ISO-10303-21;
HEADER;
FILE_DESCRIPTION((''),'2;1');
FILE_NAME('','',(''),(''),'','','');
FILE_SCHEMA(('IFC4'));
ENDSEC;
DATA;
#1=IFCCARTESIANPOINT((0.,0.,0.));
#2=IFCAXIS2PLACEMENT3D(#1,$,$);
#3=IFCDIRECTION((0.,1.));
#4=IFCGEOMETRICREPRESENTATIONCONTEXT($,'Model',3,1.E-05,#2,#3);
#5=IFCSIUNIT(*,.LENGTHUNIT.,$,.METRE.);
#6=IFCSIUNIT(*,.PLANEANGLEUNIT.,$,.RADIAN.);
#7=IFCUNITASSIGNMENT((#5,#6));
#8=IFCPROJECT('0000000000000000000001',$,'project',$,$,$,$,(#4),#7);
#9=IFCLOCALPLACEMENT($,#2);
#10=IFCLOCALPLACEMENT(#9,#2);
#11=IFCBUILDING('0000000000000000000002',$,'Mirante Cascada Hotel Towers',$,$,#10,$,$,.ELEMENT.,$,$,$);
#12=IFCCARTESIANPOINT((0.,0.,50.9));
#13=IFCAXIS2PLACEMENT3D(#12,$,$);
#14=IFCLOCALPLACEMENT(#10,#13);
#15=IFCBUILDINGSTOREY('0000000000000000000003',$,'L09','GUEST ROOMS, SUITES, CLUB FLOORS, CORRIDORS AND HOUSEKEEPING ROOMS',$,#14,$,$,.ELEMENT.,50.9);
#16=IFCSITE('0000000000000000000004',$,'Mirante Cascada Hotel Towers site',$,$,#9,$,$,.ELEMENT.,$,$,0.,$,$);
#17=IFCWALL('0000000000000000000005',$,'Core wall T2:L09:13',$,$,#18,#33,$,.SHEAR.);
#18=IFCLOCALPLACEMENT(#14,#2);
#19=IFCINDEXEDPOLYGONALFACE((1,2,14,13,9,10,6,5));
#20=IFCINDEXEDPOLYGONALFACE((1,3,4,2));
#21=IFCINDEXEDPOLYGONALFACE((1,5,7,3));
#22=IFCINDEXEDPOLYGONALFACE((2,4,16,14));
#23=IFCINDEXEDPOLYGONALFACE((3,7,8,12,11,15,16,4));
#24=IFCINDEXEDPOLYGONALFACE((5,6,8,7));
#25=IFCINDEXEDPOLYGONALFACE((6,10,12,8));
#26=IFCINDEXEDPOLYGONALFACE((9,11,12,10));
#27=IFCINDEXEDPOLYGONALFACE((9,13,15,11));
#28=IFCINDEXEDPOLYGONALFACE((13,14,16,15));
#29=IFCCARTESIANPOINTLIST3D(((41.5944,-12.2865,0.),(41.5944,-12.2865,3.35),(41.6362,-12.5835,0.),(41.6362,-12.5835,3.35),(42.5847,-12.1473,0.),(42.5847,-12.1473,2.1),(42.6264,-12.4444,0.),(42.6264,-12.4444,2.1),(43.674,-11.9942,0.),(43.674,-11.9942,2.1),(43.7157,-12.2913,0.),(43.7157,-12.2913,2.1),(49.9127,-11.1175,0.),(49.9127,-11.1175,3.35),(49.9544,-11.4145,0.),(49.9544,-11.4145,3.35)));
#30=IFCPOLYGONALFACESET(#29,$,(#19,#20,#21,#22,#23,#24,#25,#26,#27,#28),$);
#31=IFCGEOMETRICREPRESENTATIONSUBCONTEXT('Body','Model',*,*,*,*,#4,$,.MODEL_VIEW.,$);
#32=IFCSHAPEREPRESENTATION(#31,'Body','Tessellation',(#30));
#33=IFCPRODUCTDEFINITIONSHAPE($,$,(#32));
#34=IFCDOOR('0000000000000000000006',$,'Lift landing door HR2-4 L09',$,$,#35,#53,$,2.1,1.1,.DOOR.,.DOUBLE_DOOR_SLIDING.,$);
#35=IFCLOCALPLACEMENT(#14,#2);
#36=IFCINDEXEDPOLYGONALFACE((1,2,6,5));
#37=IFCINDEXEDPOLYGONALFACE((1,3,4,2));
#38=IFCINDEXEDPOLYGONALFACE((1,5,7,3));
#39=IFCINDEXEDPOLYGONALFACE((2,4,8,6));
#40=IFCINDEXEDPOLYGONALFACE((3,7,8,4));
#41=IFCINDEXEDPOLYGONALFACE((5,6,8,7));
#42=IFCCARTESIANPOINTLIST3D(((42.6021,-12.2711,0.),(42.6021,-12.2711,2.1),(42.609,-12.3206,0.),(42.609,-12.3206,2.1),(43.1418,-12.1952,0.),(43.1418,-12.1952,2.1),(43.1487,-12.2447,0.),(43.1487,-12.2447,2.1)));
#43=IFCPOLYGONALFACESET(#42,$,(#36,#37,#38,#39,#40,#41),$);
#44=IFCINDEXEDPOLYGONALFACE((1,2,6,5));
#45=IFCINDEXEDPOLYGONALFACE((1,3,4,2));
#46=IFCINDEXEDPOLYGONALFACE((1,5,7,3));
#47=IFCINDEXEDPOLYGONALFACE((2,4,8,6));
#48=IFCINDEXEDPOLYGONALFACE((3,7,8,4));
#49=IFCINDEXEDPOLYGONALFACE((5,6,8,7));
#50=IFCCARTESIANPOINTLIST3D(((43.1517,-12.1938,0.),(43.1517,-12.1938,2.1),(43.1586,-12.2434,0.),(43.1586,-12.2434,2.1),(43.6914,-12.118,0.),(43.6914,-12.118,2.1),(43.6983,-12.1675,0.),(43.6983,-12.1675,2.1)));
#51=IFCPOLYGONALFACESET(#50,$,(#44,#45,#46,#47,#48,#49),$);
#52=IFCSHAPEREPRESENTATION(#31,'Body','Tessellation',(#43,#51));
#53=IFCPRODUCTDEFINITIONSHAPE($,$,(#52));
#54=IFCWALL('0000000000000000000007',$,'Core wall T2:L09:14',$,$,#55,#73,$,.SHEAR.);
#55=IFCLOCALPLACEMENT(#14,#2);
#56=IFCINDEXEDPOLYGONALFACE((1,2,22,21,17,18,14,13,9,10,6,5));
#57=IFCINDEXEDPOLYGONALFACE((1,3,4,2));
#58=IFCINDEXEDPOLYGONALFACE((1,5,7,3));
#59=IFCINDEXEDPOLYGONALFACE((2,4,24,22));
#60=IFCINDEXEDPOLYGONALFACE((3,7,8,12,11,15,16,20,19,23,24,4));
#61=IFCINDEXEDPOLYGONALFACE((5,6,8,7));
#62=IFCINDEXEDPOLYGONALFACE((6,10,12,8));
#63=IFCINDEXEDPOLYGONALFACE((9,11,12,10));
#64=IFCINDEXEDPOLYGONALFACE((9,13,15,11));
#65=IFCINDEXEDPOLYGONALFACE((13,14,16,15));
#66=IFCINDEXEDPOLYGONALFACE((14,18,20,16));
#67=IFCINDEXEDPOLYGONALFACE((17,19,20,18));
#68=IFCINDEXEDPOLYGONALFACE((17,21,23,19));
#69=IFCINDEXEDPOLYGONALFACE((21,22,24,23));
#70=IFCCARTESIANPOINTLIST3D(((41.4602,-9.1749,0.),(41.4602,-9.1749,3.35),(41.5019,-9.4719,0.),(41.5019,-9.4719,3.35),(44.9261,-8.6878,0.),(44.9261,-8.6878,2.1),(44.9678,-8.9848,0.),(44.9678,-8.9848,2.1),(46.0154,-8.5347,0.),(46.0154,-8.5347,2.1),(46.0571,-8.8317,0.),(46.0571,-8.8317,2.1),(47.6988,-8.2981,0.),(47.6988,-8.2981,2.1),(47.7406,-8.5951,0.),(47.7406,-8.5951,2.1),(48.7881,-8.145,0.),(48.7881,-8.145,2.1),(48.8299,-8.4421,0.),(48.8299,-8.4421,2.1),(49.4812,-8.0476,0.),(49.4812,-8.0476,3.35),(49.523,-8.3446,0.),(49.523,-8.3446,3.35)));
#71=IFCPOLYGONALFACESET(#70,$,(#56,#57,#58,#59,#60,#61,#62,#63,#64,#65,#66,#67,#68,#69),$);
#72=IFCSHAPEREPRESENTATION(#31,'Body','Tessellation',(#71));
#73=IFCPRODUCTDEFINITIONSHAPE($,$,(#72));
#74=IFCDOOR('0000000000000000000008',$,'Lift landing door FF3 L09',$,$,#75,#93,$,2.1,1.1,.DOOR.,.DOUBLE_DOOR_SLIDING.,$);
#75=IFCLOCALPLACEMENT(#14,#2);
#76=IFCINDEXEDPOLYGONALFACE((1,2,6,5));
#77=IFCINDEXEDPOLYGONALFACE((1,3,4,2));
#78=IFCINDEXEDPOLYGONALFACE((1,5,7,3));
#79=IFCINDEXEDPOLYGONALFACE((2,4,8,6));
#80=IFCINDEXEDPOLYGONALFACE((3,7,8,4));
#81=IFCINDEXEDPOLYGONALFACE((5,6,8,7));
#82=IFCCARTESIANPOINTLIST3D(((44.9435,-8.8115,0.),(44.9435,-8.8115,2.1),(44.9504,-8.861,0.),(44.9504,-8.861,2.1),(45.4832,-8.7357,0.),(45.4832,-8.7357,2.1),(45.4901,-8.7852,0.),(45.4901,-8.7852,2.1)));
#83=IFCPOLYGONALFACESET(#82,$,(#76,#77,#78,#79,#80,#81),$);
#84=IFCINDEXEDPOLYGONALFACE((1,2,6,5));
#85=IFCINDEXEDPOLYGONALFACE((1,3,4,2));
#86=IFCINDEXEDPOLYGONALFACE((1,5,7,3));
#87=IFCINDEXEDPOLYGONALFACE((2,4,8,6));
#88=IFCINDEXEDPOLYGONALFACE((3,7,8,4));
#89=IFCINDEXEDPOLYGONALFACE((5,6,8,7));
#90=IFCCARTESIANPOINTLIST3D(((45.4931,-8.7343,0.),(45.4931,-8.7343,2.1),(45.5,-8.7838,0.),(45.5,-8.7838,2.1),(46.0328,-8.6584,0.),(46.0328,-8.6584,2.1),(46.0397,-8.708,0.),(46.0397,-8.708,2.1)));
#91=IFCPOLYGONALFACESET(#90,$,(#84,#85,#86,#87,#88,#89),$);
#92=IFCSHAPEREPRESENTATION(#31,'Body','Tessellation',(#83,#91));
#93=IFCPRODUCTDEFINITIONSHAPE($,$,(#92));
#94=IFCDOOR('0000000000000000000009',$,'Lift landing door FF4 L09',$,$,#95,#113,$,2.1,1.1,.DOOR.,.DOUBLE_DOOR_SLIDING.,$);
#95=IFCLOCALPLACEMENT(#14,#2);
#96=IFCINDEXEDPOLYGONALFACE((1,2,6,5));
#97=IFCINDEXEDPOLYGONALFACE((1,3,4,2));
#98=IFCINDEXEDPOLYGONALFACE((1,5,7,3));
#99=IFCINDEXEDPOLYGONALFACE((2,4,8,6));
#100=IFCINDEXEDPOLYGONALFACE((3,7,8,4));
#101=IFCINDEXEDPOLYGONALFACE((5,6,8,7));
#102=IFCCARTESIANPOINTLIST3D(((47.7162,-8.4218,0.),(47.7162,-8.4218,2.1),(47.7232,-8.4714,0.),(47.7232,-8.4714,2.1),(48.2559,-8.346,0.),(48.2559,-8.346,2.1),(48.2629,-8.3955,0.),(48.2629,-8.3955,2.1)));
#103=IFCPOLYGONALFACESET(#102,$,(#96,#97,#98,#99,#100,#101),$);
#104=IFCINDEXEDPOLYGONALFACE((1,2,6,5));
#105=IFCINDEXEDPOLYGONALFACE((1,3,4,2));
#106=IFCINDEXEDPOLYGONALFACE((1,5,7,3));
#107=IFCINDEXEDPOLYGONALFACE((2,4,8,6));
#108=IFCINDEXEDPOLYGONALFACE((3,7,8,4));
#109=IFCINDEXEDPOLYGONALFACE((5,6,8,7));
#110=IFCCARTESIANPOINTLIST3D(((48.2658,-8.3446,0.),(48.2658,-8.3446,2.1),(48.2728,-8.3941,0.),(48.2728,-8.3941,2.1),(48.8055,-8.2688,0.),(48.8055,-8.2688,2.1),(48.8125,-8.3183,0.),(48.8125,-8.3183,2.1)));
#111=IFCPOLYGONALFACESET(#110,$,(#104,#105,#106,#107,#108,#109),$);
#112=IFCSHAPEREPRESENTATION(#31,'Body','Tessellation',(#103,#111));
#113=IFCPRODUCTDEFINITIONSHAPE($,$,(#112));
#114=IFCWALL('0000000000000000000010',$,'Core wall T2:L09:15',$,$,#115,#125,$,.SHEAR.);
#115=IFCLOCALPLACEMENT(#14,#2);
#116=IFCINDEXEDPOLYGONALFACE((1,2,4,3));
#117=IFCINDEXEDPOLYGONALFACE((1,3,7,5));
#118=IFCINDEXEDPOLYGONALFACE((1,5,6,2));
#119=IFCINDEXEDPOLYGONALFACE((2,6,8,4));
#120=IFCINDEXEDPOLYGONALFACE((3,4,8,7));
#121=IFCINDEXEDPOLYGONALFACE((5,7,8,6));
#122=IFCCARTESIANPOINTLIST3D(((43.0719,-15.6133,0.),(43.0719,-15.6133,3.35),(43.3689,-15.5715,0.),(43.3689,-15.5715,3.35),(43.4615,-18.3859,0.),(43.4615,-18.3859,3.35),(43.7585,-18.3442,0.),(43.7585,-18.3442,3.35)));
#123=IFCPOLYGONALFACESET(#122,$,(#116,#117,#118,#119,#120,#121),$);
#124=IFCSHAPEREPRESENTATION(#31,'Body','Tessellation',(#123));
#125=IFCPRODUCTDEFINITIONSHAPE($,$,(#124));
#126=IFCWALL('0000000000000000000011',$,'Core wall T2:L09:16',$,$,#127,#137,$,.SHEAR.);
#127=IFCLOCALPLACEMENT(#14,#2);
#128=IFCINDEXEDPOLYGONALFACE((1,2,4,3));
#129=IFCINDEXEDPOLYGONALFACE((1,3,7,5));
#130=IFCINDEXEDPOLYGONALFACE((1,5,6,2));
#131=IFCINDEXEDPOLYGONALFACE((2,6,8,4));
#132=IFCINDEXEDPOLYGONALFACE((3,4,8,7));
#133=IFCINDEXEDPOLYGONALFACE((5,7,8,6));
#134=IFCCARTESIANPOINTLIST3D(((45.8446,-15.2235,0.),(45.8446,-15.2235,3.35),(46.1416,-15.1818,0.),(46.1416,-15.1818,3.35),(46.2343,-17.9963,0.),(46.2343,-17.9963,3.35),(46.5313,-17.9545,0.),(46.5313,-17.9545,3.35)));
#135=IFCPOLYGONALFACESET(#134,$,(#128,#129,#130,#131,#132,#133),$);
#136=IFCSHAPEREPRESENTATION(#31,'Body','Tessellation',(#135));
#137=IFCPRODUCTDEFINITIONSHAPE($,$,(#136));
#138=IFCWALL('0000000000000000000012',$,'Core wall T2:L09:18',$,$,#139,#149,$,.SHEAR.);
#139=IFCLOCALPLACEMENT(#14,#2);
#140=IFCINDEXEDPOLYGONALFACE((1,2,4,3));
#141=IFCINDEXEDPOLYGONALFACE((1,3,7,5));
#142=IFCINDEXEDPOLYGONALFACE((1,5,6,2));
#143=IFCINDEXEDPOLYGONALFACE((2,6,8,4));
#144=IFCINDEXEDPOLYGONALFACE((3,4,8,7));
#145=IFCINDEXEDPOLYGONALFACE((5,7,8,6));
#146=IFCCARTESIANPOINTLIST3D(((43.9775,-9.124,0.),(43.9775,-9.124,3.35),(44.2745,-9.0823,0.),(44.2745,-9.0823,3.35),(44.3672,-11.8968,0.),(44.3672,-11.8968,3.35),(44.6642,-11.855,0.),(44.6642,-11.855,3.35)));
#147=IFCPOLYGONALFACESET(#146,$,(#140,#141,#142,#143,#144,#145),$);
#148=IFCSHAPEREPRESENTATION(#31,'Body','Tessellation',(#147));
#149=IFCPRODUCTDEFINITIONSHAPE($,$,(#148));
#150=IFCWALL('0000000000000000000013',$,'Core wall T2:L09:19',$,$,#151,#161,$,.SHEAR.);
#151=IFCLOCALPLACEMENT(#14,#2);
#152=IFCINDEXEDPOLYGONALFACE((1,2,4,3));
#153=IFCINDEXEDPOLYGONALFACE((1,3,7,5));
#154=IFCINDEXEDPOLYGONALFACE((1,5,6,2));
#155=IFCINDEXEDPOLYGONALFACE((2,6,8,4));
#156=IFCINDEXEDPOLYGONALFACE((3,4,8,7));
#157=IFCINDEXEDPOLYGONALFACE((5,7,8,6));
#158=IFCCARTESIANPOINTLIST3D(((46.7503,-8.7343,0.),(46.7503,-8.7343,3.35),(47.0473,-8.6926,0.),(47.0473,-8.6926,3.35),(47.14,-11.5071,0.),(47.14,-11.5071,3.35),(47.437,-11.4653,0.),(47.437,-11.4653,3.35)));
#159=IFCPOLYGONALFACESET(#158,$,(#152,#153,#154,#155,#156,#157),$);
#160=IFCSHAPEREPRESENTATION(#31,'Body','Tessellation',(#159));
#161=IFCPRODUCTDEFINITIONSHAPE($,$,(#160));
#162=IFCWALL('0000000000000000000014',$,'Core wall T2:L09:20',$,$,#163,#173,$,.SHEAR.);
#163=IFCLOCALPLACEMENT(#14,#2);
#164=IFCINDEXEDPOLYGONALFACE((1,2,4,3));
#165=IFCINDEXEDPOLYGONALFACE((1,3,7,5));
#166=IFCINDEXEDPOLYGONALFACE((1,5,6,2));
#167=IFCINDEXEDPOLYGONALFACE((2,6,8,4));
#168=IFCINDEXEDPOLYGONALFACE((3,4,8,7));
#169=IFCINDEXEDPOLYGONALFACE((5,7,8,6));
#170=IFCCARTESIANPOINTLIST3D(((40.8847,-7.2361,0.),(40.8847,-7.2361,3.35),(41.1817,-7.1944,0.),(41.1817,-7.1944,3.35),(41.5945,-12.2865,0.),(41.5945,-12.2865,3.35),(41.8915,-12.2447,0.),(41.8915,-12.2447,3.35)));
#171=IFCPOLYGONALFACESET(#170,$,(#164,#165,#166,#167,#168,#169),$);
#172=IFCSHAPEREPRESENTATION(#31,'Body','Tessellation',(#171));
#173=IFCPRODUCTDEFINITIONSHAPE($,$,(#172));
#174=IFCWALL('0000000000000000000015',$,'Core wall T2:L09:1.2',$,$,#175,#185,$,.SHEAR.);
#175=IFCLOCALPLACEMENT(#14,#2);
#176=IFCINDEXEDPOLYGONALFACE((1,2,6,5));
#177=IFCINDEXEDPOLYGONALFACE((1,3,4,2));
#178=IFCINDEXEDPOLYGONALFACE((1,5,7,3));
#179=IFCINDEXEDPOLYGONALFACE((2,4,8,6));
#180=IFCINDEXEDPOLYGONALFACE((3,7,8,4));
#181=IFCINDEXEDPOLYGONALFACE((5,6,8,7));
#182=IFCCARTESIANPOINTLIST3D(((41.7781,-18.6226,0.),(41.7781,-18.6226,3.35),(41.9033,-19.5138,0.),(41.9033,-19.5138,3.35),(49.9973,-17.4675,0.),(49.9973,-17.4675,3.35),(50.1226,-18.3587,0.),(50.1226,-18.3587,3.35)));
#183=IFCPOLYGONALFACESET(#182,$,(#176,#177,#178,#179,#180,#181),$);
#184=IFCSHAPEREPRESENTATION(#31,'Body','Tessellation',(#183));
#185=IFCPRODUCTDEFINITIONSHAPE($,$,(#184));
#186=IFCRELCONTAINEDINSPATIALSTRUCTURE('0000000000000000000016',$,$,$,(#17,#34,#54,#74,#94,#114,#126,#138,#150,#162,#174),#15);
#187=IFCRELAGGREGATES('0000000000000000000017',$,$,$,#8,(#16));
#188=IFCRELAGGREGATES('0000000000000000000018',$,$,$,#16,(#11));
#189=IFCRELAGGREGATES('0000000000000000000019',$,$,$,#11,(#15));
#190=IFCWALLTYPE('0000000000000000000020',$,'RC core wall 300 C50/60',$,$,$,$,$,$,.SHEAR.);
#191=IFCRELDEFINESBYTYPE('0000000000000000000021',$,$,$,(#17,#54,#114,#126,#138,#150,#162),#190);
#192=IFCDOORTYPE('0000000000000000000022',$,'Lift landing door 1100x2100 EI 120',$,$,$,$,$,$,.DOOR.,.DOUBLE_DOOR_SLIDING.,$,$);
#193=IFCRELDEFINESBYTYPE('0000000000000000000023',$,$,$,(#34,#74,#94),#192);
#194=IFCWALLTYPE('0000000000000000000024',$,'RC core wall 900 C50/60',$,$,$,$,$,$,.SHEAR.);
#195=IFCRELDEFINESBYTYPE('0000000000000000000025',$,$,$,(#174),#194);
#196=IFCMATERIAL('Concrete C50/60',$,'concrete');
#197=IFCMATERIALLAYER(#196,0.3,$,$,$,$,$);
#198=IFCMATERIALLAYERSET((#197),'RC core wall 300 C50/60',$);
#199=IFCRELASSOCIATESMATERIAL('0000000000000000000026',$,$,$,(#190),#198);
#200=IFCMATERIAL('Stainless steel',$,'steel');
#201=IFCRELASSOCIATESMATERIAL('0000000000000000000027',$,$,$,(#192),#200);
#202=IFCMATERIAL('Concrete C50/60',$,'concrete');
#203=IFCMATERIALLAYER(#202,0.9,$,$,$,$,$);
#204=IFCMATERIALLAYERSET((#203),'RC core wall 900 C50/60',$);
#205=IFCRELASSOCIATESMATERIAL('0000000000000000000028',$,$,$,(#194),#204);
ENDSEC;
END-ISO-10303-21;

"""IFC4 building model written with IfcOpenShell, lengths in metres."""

from ifc_helpers import new_model, si_unit, direction, frame, frame_2d, origin, place, context, subcontext, project, spatial, rectangle, extrude, material, layer, layer_set, type_object, element, fill, save


model = new_model("IFC4")

# Units and contexts
model_context = context("Model", 3, precision=1e-05, world=origin(), true_north=direction((0.0, 1.0)))
body_context = subcontext(model_context, "Body", "Model", "MODEL_VIEW")
ifc_project = project(units=[si_unit("LENGTHUNIT", "METRE"), si_unit("PLANEANGLEUNIT", "RADIAN")], contexts=[model_context])

# Site, building, storey
site_placement = place(None, origin())
site = spatial("IfcSite", under=ifc_project, at=site_placement, Name="Mirante Cascada Hotel Towers site", CompositionType="ELEMENT", RefElevation=0.0)
building_placement = place(site_placement, origin())
building = spatial("IfcBuilding", under=site, at=building_placement, Name="Mirante Cascada Hotel Towers", CompositionType="ELEMENT")
storey_placement = place(building_placement, frame((0.0, 0.0, 50.9)))
storey = spatial("IfcBuildingStorey", under=building, at=storey_placement, Name="L09", Description="GUEST ROOMS, SUITES, CLUB FLOORS, CORRIDORS AND HOUSEKEEPING ROOMS", CompositionType="ELEMENT", Elevation=50.9)

# Shared definitions
ifc_material_1 = material(Name="Concrete C50/60", Category="concrete")
ifc_layer_1 = layer(ifc_material_1, 0.3)
ifc_layer_set_1 = layer_set([ifc_layer_1], Name="RC core wall 300 C50/60")
wall_type_1 = type_object("IfcWallType", Name="RC core wall 300 C50/60", PredefinedType="SHEAR", material=ifc_layer_set_1)

# Shared definitions
ifc_material_2 = material(Name="Stainless steel", Category="steel")
door_type_1 = type_object("IfcDoorType", Name="Lift landing door 1100x2100 EI 120", OperationType="DOUBLE_DOOR_SLIDING", PredefinedType="DOOR", material=ifc_material_2)

# Wall, opening, door
wall_1_placement = place(storey_placement, frame((41.6153, -12.435, 0.0), z_axis=(0.0, 0.0, 1.0), x_axis=(0.990269, 0.139166, 0.0)))
wall_1 = element("IfcWall", 1, at=wall_1_placement, inside=storey, type_object=wall_type_1, Name="Core wall T2:L09:13", PredefinedType="SHEAR", context=body_context, shape_type="SweptSolid", body=[
    extrude(rectangle(XDim=8.4, YDim=0.3, at=frame_2d((4.2, 0.0))), origin(), (0.0, 0.0, 1.0), 3.35),
])
opening_1_placement = place(wall_1_placement, frame((1.0, 0.0, 0.0)))
opening_1 = element("IfcOpeningElement", 2, at=opening_1_placement, cuts=wall_1, PredefinedType="OPENING", context=body_context, shape_type="SweptSolid", body=[
    extrude(rectangle(XDim=1.1, YDim=2.1, at=frame_2d((0.55, 1.05))), frame((0.0, 0.15, 0.0), z_axis=(0.0, -1.0, 0.0), x_axis=(1.0, 0.0, 0.0)), (0.0, 0.0, 1.0), 0.3),
])
door_1_placement = place(opening_1_placement, origin())
door_1 = element("IfcDoor", 3, at=door_1_placement, inside=storey, type_object=door_type_1, Name="Lift landing door HR2-4 L09", OperationType="DOUBLE_DOOR_SLIDING", OverallHeight=2.1, OverallWidth=1.1, PredefinedType="DOOR", context=body_context, shape_type="SweptSolid", body=[
    extrude(rectangle(XDim=0.545, YDim=2.1, at=frame_2d((0.2725, 1.05))), frame((0.0, 0.025, 0.0), z_axis=(0.0, -1.0, 0.0), x_axis=(1.0, 0.0, 0.0)), (0.0, 0.0, 1.0), 0.05),
    extrude(rectangle(XDim=0.545, YDim=2.1, at=frame_2d((0.8275, 1.05))), frame((0.0, 0.025, 0.0), z_axis=(0.0, -1.0, 0.0), x_axis=(1.0, 0.0, 0.0)), (0.0, 0.0, 1.0), 0.05),
])
fill(opening_1, door_1)

# Wall, openings, doors
wall_2_placement = place(storey_placement, frame((41.481, -9.3234, 0.0), z_axis=(0.0, 0.0, 1.0), x_axis=(0.990268, 0.139174, 0.0)))
wall_2 = element("IfcWall", 4, at=wall_2_placement, inside=storey, type_object=wall_type_1, Name="Core wall T2:L09:14", PredefinedType="SHEAR", context=body_context, shape_type="SweptSolid", body=[
    extrude(rectangle(XDim=8.0999, YDim=0.3, at=frame_2d((4.05, 0.0))), origin(), (0.0, 0.0, 1.0), 3.35),
])
opening_2_placement = place(wall_2_placement, frame((3.5, 0.0, 0.0)))
opening_2 = element("IfcOpeningElement", 5, at=opening_2_placement, cuts=wall_2, PredefinedType="OPENING", context=body_context, shape_type="SweptSolid", body=[
    extrude(rectangle(XDim=1.1, YDim=2.1, at=frame_2d((0.55, 1.05))), frame((0.0, 0.15, 0.0), z_axis=(0.0, -1.0, 0.0), x_axis=(1.0, 0.0, 0.0)), (0.0, 0.0, 1.0), 0.3),
])
opening_3_placement = place(wall_2_placement, frame((6.3, 0.0, 0.0)))
opening_3 = element("IfcOpeningElement", 6, at=opening_3_placement, cuts=wall_2, PredefinedType="OPENING", context=body_context, shape_type="SweptSolid", body=[
    extrude(rectangle(XDim=1.1, YDim=2.1, at=frame_2d((0.55, 1.05))), frame((0.0, 0.15, 0.0), z_axis=(0.0, -1.0, 0.0), x_axis=(1.0, 0.0, 0.0)), (0.0, 0.0, 1.0), 0.3),
])
door_2_placement = place(opening_2_placement, origin())
door_2 = element("IfcDoor", 7, at=door_2_placement, inside=storey, type_object=door_type_1, Name="Lift landing door FF3 L09", OperationType="DOUBLE_DOOR_SLIDING", OverallHeight=2.1, OverallWidth=1.1, PredefinedType="DOOR", context=body_context, shape_type="SweptSolid", body=[
    extrude(rectangle(XDim=0.545, YDim=2.1, at=frame_2d((0.2725, 1.05))), frame((0.0, 0.025, 0.0), z_axis=(0.0, -1.0, 0.0), x_axis=(1.0, 0.0, 0.0)), (0.0, 0.0, 1.0), 0.05),
    extrude(rectangle(XDim=0.545, YDim=2.1, at=frame_2d((0.8275, 1.05))), frame((0.0, 0.025, 0.0), z_axis=(0.0, -1.0, 0.0), x_axis=(1.0, 0.0, 0.0)), (0.0, 0.0, 1.0), 0.05),
])
fill(opening_2, door_2)
door_3_placement = place(opening_3_placement, origin())
door_3 = element("IfcDoor", 8, at=door_3_placement, inside=storey, type_object=door_type_1, Name="Lift landing door FF4 L09", OperationType="DOUBLE_DOOR_SLIDING", OverallHeight=2.1, OverallWidth=1.1, PredefinedType="DOOR", context=body_context, shape_type="SweptSolid", body=[
    extrude(rectangle(XDim=0.545, YDim=2.1, at=frame_2d((0.2725, 1.05))), frame((0.0, 0.025, 0.0), z_axis=(0.0, -1.0, 0.0), x_axis=(1.0, 0.0, 0.0)), (0.0, 0.0, 1.0), 0.05),
    extrude(rectangle(XDim=0.545, YDim=2.1, at=frame_2d((0.8275, 1.05))), frame((0.0, 0.025, 0.0), z_axis=(0.0, -1.0, 0.0), x_axis=(1.0, 0.0, 0.0)), (0.0, 0.0, 1.0), 0.05),
])
fill(opening_3, door_3)

# Walls
wall_3_placement = place(storey_placement, frame((43.61, -18.3651, 0.0), z_axis=(0.0, 0.0, 1.0), x_axis=(-0.139146, 0.990272, 0.0)))
element("IfcWall", 9, at=wall_3_placement, inside=storey, type_object=wall_type_1, Name="Core wall T2:L09:15", PredefinedType="SHEAR", context=body_context, shape_type="SweptSolid", body=[
    extrude(rectangle(XDim=2.7999, YDim=0.3, at=frame_2d((1.4, 0.0))), origin(), (0.0, 0.0, 1.0), 3.35),
])
for number, where, z_axis, x_axis, name in (
    (10, (46.3828, -17.9754, 0.0), (0.0, 0.0, 1.0), (-0.139181, 0.990267, 0.0), "Core wall T2:L09:16"),
    (11, (44.5157, -11.8759, 0.0), (0.0, 0.0, 1.0), (-0.139181, 0.990267, 0.0), "Core wall T2:L09:18"),
    (12, (47.2885, -11.4862, 0.0), (0.0, 0.0, 1.0), (-0.139181, 0.990267, 0.0), "Core wall T2:L09:19"),
):
    element("IfcWall", number, at=place(storey_placement, frame(where, z_axis=z_axis, x_axis=x_axis)), inside=storey, type_object=wall_type_1, Name=name, PredefinedType="SHEAR", context=body_context, shape_type="SweptSolid", body=[
        extrude(rectangle(XDim=2.8, YDim=0.3, at=frame_2d((1.4, 0.0))), origin(), (0.0, 0.0, 1.0), 3.35),
    ])
wall_4_placement = place(storey_placement, frame((41.743, -12.2656, 0.0), z_axis=(0.0, 0.0, 1.0), x_axis=(-0.139176, 0.990268, 0.0)))
element("IfcWall", 13, at=wall_4_placement, inside=storey, type_object=wall_type_1, Name="Core wall T2:L09:20", PredefinedType="SHEAR", context=body_context, shape_type="SweptSolid", body=[
    extrude(rectangle(XDim=5.1, YDim=0.3, at=frame_2d((2.55, 0.0))), origin(), (0.0, 0.0, 1.0), 3.35),
])
ifc_material_3 = material(Name="Concrete C50/60", Category="concrete")
ifc_layer_2 = layer(ifc_material_3, 0.9)
ifc_layer_set_2 = layer_set([ifc_layer_2], Name="RC core wall 900 C50/60")
wall_type_2 = type_object("IfcWallType", Name="RC core wall 900 C50/60", PredefinedType="SHEAR", material=ifc_layer_set_2)
wall_5_placement = place(storey_placement, frame((41.8407, -19.0682, 0.0), z_axis=(0.0, 0.0, 1.0), x_axis=(0.990269, 0.139169, 0.0)))
element("IfcWall", 14, at=wall_5_placement, inside=storey, type_object=wall_type_2, Name="Core wall T2:L09:1.2", PredefinedType="SHEAR", context=body_context, shape_type="SweptSolid", body=[
    extrude(rectangle(XDim=8.3, YDim=0.9, at=frame_2d((4.15, 0.0))), origin(), (0.0, 0.0, 1.0), 3.35),
])

save(model, "model.ifc")
